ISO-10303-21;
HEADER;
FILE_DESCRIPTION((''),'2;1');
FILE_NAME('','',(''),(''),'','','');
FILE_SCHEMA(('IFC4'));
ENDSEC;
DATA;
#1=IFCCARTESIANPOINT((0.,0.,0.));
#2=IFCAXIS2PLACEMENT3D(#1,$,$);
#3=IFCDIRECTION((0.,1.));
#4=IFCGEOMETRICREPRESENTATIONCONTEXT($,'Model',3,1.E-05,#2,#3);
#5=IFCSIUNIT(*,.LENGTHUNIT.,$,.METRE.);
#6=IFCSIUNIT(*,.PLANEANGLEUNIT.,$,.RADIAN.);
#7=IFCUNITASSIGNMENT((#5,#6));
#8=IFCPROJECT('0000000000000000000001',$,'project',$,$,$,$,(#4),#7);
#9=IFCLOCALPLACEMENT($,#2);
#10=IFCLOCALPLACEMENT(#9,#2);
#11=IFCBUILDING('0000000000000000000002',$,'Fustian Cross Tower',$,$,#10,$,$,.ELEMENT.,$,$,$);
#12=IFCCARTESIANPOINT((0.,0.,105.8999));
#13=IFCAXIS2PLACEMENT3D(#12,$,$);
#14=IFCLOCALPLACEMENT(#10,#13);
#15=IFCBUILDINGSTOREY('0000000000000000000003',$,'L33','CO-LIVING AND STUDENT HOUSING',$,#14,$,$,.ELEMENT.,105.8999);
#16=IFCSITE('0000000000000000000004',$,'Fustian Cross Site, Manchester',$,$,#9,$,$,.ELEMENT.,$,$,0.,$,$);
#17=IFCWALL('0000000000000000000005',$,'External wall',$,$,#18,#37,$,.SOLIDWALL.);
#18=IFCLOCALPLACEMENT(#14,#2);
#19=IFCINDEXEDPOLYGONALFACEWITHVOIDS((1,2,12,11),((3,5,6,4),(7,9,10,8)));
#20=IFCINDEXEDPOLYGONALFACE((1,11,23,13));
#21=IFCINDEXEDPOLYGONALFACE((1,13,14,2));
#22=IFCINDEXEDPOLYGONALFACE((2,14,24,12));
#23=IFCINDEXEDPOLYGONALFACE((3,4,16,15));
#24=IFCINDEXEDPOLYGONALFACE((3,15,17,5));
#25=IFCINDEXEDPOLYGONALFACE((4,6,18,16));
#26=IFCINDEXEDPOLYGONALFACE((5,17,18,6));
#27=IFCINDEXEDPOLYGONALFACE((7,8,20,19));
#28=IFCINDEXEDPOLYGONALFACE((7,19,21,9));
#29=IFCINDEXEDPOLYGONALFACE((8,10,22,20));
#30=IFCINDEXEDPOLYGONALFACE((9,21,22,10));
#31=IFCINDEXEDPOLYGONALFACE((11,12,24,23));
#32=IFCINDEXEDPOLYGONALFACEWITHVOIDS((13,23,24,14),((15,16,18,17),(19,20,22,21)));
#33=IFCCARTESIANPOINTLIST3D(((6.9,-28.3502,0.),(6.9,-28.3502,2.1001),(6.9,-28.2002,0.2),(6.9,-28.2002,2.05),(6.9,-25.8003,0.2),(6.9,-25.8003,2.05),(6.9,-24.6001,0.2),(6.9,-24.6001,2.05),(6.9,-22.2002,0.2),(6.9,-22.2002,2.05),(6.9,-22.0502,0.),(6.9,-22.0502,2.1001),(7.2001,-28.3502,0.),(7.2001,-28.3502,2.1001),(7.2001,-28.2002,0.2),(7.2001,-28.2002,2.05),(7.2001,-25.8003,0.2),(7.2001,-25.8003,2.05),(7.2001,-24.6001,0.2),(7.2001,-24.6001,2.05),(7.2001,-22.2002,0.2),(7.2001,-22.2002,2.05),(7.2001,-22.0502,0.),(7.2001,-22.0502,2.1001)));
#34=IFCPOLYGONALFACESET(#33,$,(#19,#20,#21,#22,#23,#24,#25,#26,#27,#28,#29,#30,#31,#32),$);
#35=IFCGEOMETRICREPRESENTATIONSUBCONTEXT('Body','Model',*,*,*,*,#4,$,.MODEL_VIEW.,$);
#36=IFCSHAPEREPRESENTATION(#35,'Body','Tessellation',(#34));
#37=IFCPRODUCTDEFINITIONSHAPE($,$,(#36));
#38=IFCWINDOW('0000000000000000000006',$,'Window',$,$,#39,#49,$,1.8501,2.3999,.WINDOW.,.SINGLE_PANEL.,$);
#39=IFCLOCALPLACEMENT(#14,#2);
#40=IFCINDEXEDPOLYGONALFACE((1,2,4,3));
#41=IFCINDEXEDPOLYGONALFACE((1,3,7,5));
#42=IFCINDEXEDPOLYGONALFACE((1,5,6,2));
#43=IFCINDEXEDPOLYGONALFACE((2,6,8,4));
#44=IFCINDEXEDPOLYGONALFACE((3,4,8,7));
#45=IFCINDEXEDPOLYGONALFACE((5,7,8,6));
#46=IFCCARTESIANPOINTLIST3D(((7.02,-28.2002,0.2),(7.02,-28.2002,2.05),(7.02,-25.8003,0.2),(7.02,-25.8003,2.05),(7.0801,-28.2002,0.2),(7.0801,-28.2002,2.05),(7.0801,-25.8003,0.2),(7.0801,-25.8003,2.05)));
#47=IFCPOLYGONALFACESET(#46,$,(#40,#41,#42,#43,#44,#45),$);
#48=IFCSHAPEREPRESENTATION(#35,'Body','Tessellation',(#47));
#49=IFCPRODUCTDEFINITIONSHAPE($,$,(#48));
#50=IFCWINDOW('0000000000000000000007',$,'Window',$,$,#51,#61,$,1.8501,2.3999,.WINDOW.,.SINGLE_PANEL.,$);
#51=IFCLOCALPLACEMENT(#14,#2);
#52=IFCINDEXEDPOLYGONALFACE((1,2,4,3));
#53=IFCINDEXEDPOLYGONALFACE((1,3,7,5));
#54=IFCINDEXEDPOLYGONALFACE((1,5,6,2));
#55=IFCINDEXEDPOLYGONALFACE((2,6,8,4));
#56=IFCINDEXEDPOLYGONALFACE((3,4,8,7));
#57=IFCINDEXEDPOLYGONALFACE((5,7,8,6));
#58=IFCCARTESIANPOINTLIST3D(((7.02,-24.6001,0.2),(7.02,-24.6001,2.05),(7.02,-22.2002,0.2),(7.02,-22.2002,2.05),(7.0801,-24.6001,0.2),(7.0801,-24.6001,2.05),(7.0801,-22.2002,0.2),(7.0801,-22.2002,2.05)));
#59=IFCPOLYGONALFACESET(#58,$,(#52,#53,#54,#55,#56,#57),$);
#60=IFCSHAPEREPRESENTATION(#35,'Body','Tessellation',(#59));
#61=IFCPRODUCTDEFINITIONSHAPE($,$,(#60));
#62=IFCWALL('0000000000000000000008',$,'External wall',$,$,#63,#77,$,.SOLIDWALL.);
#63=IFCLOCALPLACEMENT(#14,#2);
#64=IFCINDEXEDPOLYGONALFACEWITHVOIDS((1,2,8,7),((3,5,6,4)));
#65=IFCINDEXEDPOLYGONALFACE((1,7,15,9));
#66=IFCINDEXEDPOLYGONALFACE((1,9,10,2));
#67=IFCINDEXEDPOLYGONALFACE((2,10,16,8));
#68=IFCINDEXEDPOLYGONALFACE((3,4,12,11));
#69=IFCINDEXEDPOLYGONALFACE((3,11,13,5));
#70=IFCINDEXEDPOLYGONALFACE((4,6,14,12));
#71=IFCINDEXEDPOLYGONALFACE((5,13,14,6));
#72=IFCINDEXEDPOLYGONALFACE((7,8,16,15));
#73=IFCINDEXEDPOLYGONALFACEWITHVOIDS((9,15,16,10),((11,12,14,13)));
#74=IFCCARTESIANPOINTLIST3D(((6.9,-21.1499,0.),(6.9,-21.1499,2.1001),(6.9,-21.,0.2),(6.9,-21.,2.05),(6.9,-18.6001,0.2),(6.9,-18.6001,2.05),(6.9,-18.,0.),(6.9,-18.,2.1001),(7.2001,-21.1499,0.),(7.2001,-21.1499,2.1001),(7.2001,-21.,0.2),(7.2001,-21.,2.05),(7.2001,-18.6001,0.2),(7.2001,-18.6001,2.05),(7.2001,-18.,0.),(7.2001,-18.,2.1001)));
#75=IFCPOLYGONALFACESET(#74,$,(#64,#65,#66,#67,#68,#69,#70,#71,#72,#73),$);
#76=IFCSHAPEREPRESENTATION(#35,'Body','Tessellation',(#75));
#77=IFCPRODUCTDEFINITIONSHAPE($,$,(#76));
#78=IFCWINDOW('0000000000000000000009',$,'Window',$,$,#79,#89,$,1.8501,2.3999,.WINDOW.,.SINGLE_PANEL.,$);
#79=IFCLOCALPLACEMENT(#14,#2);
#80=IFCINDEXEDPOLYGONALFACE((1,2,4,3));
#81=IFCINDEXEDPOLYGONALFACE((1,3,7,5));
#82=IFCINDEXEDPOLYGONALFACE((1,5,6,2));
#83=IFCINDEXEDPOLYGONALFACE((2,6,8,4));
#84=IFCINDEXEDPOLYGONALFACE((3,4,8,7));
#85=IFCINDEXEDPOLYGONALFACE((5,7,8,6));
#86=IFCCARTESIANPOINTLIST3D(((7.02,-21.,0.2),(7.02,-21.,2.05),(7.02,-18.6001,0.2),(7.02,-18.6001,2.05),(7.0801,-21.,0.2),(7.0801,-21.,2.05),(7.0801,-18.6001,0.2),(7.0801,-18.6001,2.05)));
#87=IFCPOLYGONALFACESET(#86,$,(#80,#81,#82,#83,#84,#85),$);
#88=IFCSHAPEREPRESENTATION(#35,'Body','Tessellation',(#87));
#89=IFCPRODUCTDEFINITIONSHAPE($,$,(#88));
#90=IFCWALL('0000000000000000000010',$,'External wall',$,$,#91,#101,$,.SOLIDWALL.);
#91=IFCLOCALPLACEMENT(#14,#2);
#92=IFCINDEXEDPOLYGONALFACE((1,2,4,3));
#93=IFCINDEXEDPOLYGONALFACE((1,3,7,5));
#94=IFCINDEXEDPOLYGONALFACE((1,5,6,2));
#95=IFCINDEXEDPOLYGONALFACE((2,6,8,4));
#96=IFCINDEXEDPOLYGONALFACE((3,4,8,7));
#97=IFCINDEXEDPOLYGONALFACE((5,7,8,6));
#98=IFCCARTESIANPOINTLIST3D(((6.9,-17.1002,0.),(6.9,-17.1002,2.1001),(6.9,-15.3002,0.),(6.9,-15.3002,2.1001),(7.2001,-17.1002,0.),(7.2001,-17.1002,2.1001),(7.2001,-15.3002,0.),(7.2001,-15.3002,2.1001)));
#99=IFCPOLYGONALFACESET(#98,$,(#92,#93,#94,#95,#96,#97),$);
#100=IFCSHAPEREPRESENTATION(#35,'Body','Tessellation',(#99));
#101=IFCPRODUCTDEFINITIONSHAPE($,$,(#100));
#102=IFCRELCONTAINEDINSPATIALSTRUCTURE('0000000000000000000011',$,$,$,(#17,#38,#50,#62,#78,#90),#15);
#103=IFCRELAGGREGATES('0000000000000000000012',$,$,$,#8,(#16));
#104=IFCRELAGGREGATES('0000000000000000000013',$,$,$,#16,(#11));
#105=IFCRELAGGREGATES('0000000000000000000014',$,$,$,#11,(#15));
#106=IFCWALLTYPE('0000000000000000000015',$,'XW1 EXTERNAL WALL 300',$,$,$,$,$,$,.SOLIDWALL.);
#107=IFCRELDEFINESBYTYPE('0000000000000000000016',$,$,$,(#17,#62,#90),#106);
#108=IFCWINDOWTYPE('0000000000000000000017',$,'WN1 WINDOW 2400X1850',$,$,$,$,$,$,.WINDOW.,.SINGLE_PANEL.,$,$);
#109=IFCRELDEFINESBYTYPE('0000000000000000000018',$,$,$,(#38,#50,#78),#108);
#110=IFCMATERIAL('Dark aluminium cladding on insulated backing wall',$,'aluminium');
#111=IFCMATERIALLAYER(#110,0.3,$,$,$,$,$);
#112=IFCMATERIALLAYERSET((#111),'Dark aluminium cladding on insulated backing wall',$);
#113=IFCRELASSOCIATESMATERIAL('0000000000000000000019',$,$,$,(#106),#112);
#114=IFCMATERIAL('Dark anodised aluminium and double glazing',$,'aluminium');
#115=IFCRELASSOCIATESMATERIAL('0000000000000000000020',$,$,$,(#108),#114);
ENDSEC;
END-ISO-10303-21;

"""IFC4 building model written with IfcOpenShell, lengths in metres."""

from ifc_helpers import new_model, si_unit, direction, frame, frame_2d, origin, place, context, subcontext, project, spatial, rectangle, extrude, material, layer, layer_set, type_object, element, fill, save


model = new_model("IFC4")

# Units and contexts
model_context = context("Model", 3, precision=1e-05, world=origin(), true_north=direction((0.0, 1.0)))
body_context = subcontext(model_context, "Body", "Model", "MODEL_VIEW")
ifc_project = project(units=[si_unit("LENGTHUNIT", "METRE"), si_unit("PLANEANGLEUNIT", "RADIAN")], contexts=[model_context])

# Site, building, storey
site_placement = place(None, origin())
site = spatial("IfcSite", under=ifc_project, at=site_placement, Name="Fustian Cross Site, Manchester", CompositionType="ELEMENT", RefElevation=0.0)
building_placement = place(site_placement, origin())
building = spatial("IfcBuilding", under=site, at=building_placement, Name="Fustian Cross Tower", CompositionType="ELEMENT")
storey_placement = place(building_placement, frame((0.0, 0.0, 105.8999)))
storey = spatial("IfcBuildingStorey", under=building, at=storey_placement, Name="L33", Description="CO-LIVING AND STUDENT HOUSING", CompositionType="ELEMENT", Elevation=105.8999)

# Shared definitions
ifc_material_1 = material(Name="Dark aluminium cladding on insulated backing wall", Category="aluminium")
ifc_layer_1 = layer(ifc_material_1, 0.3)
ifc_layer_set_1 = layer_set([ifc_layer_1], Name="Dark aluminium cladding on insulated backing wall")
wall_type_1 = type_object("IfcWallType", Name="XW1 EXTERNAL WALL 300", PredefinedType="SOLIDWALL", material=ifc_layer_set_1)
ifc_material_2 = material(Name="Dark anodised aluminium and double glazing", Category="aluminium")
window_type_1 = type_object("IfcWindowType", Name="WN1 WINDOW 2400X1850", PartitioningType="SINGLE_PANEL", PredefinedType="WINDOW", material=ifc_material_2)

# Wall, openings, windows
wall_1_placement = place(storey_placement, frame((7.05, -28.3501, 0.0), z_axis=(0.0, 0.0, 1.0), x_axis=(0.0, 1.0, 0.0)))
wall_1 = element("IfcWall", 1, at=wall_1_placement, inside=storey, type_object=wall_type_1, Name="External wall", PredefinedType="SOLIDWALL", context=body_context, shape_type="SweptSolid", body=[
    extrude(rectangle(XDim=6.3, YDim=0.3, at=frame_2d((3.1499, 0.0))), origin(), (0.0, 0.0, 1.0), 2.1001),
])
opening_1_placement = place(wall_1_placement, frame((0.1499, 0.0, 0.2)))
opening_1 = element("IfcOpeningElement", 2, at=opening_1_placement, cuts=wall_1, PredefinedType="OPENING", context=body_context, shape_type="SweptSolid", body=[
    extrude(rectangle(XDim=2.3999, YDim=1.8501, at=frame_2d((1.2, 0.925))), frame((0.0, 0.1599, 0.0), z_axis=(0.0, -1.0, 0.0), x_axis=(1.0, 0.0, 0.0)), (0.0, 0.0, 1.0), 0.3201),
])
opening_2_placement = place(wall_1_placement, frame((3.75, 0.0, 0.2)))
opening_2 = element("IfcOpeningElement", 3, at=opening_2_placement, cuts=wall_1, PredefinedType="OPENING", context=body_context, shape_type="SweptSolid", body=[
    extrude(rectangle(XDim=2.3999, YDim=1.8501, at=frame_2d((1.2, 0.925))), frame((0.0, 0.1599, 0.0), z_axis=(0.0, -1.0, 0.0), x_axis=(1.0, 0.0, 0.0)), (0.0, 0.0, 1.0), 0.3201),
])
window_1_placement = place(opening_1_placement, origin())
window_1 = element("IfcWindow", 4, at=window_1_placement, inside=storey, type_object=window_type_1, Name="Window", OverallHeight=1.8501, OverallWidth=2.3999, PartitioningType="SINGLE_PANEL", PredefinedType="WINDOW", context=body_context, shape_type="SweptSolid", body=[
    extrude(rectangle(XDim=2.3999, YDim=1.8501, at=frame_2d((1.2, 0.925))), frame((0.0, 0.03, 0.0), z_axis=(0.0, -1.0, 0.0), x_axis=(1.0, 0.0, 0.0)), (0.0, 0.0, 1.0), 0.0601),
])
fill(opening_1, window_1)
window_2_placement = place(opening_2_placement, origin())
window_2 = element("IfcWindow", 5, at=window_2_placement, inside=storey, type_object=window_type_1, Name="Window", OverallHeight=1.8501, OverallWidth=2.3999, PartitioningType="SINGLE_PANEL", PredefinedType="WINDOW", context=body_context, shape_type="SweptSolid", body=[
    extrude(rectangle(XDim=2.3999, YDim=1.8501, at=frame_2d((1.2, 0.925))), frame((0.0, 0.03, 0.0), z_axis=(0.0, -1.0, 0.0), x_axis=(1.0, 0.0, 0.0)), (0.0, 0.0, 1.0), 0.0601),
])
fill(opening_2, window_2)

# Wall, opening, window
wall_2_placement = place(storey_placement, frame((7.05, -21.1499, 0.0), z_axis=(0.0, 0.0, 1.0), x_axis=(0.0, 1.0, 0.0)))
wall_2 = element("IfcWall", 6, at=wall_2_placement, inside=storey, type_object=wall_type_1, Name="External wall", PredefinedType="SOLIDWALL", context=body_context, shape_type="SweptSolid", body=[
    extrude(rectangle(XDim=3.1499, YDim=0.3, at=frame_2d((1.575, 0.0))), origin(), (0.0, 0.0, 1.0), 2.1001),
])
opening_3_placement = place(wall_2_placement, frame((0.1499, 0.0, 0.2)))
opening_3 = element("IfcOpeningElement", 7, at=opening_3_placement, cuts=wall_2, PredefinedType="OPENING", context=body_context, shape_type="SweptSolid", body=[
    extrude(rectangle(XDim=2.3999, YDim=1.8501, at=frame_2d((1.2, 0.925))), frame((0.0, 0.1599, 0.0), z_axis=(0.0, -1.0, 0.0), x_axis=(1.0, 0.0, 0.0)), (0.0, 0.0, 1.0), 0.3201),
])
window_3_placement = place(opening_3_placement, origin())
window_3 = element("IfcWindow", 8, at=window_3_placement, inside=storey, type_object=window_type_1, Name="Window", OverallHeight=1.8501, OverallWidth=2.3999, PartitioningType="SINGLE_PANEL", PredefinedType="WINDOW", context=body_context, shape_type="SweptSolid", body=[
    extrude(rectangle(XDim=2.3999, YDim=1.8501, at=frame_2d((1.2, 0.925))), frame((0.0, 0.03, 0.0), z_axis=(0.0, -1.0, 0.0), x_axis=(1.0, 0.0, 0.0)), (0.0, 0.0, 1.0), 0.0601),
])
fill(opening_3, window_3)

# Wall
wall_3_placement = place(storey_placement, frame((7.05, -17.1001, 0.0), z_axis=(0.0, 0.0, 1.0), x_axis=(0.0, 1.0, 0.0)))
element("IfcWall", 9, at=wall_3_placement, inside=storey, type_object=wall_type_1, Name="External wall", PredefinedType="SOLIDWALL", context=body_context, shape_type="SweptSolid", body=[
    extrude(rectangle(XDim=1.8, YDim=0.3, at=frame_2d((0.8999, 0.0))), origin(), (0.0, 0.0, 1.0), 2.1001),
])

save(model, "model.ifc")
